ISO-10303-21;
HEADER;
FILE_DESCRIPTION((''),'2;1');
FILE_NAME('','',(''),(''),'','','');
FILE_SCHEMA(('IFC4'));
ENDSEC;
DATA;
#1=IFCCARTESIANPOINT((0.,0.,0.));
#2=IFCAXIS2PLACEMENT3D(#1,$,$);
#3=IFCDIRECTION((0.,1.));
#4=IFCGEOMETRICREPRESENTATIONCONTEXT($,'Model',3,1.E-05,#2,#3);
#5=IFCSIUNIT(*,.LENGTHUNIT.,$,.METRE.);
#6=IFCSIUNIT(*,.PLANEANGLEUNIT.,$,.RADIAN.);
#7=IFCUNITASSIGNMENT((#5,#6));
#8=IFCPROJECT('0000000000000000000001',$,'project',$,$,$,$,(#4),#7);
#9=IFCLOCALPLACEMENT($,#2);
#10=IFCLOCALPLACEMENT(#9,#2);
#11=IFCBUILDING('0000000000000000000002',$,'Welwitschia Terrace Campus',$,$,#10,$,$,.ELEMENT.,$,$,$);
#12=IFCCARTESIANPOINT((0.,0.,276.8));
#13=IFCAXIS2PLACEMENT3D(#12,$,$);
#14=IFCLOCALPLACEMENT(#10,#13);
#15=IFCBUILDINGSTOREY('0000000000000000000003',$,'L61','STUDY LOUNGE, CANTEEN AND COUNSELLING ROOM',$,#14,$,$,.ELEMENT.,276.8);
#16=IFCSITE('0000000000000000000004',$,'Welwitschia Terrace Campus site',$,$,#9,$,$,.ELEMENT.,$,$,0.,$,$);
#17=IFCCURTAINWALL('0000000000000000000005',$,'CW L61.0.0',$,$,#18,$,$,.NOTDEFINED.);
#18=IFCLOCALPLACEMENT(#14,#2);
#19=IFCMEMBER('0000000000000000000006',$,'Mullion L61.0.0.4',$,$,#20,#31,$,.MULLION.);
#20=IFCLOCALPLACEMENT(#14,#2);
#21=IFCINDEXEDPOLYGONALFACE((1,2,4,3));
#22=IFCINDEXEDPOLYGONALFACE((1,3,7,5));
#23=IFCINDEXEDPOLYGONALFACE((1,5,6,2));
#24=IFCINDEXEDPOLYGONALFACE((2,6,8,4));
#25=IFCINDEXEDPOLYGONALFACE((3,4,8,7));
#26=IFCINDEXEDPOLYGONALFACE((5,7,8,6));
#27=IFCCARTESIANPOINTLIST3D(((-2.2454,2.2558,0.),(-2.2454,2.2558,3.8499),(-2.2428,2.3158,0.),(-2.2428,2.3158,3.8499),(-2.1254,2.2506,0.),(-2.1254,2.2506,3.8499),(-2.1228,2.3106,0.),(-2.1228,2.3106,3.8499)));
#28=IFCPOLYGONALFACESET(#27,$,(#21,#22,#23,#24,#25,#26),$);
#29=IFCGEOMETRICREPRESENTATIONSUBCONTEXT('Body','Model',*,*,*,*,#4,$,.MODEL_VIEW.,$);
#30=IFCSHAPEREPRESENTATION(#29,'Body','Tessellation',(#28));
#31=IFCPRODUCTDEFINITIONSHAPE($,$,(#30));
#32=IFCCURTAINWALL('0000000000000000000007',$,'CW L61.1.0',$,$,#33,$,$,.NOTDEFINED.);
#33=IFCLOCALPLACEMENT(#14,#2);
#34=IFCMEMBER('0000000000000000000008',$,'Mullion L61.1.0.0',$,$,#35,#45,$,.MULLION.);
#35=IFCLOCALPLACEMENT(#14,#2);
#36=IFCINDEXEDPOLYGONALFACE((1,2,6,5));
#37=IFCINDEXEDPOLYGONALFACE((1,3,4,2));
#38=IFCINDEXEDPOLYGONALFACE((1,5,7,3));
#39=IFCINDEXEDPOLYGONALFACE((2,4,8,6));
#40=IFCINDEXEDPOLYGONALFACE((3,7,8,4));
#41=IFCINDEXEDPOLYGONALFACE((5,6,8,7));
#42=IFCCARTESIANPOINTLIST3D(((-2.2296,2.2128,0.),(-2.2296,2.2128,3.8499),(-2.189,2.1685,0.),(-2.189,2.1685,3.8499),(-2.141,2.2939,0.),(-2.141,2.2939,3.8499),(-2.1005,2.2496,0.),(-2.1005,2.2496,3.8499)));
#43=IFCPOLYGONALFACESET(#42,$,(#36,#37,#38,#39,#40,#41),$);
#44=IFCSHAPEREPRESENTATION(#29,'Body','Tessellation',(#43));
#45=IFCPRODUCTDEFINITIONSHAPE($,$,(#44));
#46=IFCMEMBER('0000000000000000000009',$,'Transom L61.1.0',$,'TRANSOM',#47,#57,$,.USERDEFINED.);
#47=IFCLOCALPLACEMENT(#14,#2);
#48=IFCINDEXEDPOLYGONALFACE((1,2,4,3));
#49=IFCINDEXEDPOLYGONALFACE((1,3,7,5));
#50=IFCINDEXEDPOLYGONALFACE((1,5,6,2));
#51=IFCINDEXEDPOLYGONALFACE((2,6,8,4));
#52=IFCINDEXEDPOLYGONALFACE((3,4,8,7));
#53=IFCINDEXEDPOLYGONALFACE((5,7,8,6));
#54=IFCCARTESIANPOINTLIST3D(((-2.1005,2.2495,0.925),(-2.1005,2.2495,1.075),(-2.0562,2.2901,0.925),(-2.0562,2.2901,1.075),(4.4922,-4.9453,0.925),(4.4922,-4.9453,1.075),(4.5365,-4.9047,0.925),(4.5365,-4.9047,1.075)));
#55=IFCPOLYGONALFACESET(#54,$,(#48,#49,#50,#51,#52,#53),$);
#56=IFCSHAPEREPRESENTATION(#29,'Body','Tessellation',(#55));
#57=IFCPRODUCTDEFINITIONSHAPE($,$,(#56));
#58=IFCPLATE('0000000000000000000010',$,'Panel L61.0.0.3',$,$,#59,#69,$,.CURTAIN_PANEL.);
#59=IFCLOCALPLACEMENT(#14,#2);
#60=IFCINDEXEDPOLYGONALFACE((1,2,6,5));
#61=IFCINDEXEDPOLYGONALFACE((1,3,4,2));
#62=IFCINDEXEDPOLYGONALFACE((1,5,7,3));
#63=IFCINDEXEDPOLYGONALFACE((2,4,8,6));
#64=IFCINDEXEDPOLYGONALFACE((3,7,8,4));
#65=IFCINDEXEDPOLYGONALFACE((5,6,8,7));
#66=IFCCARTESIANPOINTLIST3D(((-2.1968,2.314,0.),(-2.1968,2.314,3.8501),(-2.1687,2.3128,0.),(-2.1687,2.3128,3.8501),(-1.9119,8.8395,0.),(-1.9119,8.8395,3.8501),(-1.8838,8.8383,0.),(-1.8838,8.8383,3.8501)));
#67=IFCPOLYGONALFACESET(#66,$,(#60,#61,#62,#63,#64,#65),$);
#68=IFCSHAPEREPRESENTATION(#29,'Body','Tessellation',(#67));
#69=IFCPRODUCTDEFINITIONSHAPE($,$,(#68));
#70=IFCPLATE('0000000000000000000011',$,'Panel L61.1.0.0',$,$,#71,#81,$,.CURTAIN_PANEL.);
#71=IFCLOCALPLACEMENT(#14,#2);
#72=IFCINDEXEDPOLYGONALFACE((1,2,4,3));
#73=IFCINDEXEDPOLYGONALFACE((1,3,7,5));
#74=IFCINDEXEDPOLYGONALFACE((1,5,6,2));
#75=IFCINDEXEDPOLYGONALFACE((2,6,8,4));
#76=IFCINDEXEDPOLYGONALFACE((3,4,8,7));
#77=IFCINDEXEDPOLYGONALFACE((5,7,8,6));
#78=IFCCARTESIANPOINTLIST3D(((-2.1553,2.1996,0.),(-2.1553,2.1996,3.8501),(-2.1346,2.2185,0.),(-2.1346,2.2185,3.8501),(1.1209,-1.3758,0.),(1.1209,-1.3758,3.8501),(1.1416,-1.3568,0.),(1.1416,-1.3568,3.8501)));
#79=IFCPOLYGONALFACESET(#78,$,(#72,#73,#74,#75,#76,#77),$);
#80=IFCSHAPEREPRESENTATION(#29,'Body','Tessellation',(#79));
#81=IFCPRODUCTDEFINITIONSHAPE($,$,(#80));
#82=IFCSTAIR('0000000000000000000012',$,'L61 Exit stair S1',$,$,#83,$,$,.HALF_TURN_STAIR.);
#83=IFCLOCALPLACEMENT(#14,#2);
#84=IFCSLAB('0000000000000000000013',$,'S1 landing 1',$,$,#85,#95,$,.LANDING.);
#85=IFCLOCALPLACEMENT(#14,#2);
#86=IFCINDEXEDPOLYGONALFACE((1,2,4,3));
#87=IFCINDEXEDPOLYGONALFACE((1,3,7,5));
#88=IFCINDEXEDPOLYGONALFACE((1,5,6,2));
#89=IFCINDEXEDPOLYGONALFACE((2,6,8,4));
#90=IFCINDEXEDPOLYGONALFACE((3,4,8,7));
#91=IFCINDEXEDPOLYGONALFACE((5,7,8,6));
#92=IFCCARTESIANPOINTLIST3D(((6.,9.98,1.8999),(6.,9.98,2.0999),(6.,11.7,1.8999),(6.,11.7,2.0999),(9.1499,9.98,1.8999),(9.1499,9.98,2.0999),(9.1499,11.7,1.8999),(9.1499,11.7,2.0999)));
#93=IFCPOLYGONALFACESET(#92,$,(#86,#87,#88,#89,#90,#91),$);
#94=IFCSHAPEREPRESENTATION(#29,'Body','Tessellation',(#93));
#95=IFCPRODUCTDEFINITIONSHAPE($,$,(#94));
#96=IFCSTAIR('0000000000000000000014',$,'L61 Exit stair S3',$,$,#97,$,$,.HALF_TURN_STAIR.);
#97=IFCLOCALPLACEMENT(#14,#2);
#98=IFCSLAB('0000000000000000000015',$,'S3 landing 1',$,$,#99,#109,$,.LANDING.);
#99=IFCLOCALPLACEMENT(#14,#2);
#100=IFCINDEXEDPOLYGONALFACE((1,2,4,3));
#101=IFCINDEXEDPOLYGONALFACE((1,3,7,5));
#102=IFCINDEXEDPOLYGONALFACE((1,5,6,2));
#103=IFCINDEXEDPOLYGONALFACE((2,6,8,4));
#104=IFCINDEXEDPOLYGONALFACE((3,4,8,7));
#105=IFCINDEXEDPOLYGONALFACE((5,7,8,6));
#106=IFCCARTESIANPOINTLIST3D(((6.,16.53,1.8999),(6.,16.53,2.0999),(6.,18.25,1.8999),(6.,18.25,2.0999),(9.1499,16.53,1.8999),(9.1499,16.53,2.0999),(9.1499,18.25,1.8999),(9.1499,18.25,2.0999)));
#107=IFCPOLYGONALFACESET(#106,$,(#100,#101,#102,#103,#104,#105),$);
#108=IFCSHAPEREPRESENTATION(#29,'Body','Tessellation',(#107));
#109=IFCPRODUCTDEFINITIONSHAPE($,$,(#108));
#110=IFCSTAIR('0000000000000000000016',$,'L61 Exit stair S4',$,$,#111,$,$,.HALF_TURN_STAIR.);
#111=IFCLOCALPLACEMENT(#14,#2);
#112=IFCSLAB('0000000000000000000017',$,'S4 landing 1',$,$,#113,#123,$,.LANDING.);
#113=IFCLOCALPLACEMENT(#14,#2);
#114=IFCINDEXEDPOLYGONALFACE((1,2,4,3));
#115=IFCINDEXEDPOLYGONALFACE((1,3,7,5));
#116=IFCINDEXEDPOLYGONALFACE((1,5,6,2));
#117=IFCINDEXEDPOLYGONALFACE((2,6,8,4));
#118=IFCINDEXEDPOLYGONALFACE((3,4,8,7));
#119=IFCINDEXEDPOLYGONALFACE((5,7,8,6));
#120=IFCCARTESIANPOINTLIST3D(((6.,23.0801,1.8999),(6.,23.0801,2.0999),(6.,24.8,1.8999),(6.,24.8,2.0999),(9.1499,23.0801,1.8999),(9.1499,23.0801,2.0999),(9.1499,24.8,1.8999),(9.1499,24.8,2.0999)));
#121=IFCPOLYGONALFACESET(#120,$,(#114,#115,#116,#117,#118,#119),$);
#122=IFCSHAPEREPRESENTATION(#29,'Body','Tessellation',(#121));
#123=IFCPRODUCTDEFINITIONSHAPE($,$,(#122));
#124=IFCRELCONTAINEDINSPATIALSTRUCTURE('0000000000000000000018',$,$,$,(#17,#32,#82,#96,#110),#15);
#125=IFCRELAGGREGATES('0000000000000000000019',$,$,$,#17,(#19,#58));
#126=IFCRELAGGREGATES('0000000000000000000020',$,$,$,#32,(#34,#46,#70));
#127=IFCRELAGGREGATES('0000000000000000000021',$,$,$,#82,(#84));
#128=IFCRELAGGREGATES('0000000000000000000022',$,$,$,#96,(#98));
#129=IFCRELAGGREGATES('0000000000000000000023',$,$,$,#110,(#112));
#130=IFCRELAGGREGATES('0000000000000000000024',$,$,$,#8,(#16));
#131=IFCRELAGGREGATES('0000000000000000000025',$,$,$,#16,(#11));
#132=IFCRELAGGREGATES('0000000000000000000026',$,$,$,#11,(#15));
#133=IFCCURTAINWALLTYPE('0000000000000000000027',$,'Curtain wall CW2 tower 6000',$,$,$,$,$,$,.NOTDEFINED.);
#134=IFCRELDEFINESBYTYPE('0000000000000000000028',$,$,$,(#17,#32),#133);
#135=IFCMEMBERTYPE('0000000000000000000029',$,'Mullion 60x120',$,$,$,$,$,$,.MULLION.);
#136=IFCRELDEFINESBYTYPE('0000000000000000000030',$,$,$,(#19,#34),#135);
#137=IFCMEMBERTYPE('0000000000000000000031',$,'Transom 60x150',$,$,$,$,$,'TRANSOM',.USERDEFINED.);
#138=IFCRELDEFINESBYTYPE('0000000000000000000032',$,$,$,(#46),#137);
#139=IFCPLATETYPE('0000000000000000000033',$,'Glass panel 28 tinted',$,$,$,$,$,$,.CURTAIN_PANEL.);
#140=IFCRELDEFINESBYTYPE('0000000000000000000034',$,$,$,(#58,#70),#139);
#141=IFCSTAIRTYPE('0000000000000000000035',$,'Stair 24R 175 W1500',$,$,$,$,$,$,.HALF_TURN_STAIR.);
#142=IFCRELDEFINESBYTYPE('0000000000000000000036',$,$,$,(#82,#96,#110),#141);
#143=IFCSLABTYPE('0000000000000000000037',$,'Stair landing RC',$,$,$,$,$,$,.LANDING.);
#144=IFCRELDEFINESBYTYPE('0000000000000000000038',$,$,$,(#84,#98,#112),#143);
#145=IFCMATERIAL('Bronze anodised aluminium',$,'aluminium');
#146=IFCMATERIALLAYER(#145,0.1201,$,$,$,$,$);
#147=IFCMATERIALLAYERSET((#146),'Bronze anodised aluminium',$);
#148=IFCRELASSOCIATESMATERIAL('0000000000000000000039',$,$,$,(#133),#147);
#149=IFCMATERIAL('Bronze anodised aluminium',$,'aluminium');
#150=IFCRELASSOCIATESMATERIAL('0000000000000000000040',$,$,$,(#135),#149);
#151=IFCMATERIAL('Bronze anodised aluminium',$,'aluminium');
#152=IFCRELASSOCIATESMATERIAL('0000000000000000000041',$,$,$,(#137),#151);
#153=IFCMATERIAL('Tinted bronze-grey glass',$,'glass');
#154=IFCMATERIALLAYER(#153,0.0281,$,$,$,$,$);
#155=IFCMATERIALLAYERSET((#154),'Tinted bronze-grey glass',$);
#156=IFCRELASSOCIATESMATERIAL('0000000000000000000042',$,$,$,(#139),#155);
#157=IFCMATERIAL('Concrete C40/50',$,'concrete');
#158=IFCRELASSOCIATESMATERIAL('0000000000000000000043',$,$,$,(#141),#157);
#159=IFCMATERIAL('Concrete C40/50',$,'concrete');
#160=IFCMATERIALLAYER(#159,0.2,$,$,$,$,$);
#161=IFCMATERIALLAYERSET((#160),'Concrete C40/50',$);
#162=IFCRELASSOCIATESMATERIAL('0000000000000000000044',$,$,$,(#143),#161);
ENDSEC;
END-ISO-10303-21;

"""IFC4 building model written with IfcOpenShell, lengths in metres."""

from ifc_helpers import new_model, si_unit, direction, frame, origin, origin_2d, place, context, subcontext, project, spatial, polyline, rectangle, outline, extrude, material, layer, layer_set, material_profile, profile_set, type_object, element, aggregate, save


model = new_model("IFC4")

# Units and contexts
model_context = context("Model", 3, precision=1e-05, world=origin(), true_north=direction((0.0, 1.0)))
body_context = subcontext(model_context, "Body", "Model", "MODEL_VIEW")
ifc_project = project(units=[si_unit("LENGTHUNIT", "METRE"), si_unit("PLANEANGLEUNIT", "RADIAN")], contexts=[model_context])

# Site, building, storey
site_placement = place(None, origin())
site = spatial("IfcSite", under=ifc_project, at=site_placement, Name="Welwitschia Terrace Campus site", CompositionType="ELEMENT", RefElevation=0.0)
building_placement = place(site_placement, origin())
building = spatial("IfcBuilding", under=site, at=building_placement, Name="Welwitschia Terrace Campus", CompositionType="ELEMENT")
storey_placement = place(building_placement, frame((0.0, 0.0, 276.8)))
storey = spatial("IfcBuildingStorey", under=building, at=storey_placement, Name="L61", Description="STUDY LOUNGE, CANTEEN AND COUNSELLING ROOM", CompositionType="ELEMENT", Elevation=276.8)

# Curtain wall, member
ifc_material_1 = material(Name="Bronze anodised aluminium", Category="aluminium")
ifc_layer_1 = layer(ifc_material_1, 0.1201)
ifc_layer_set_1 = layer_set([ifc_layer_1], Name="Bronze anodised aluminium")
curtain_wall_type = type_object("IfcCurtainWallType", Name="Curtain wall CW2 tower 6000", PredefinedType="NOTDEFINED", material=ifc_layer_set_1)
curtain_wall_1_placement = place(storey_placement, origin())
curtain_wall_1 = element("IfcCurtainWall", 1, at=curtain_wall_1_placement, inside=storey, type_object=curtain_wall_type, Name="CW L61.0.0", PredefinedType="NOTDEFINED")
ifc_material_2 = material(Name="Bronze anodised aluminium", Category="aluminium")
ifc_material_profile_1 = material_profile(ifc_material_2, rectangle(XDim=0.1201, YDim=0.0601, at=origin_2d()))
ifc_profile_set_1 = profile_set([ifc_material_profile_1], Name="Bronze anodised aluminium")
member_type_1 = type_object("IfcMemberType", Name="Mullion 60x120", PredefinedType="MULLION", material=ifc_profile_set_1)
member_1_placement = place(storey_placement, frame((-2.1841, 2.2832, 0.0), z_axis=(0.0, 0.0, 1.0), x_axis=(0.999048, -0.043619, 0.0)))
member_1 = element("IfcMember", 2, at=member_1_placement, type_object=member_type_1, Name="Mullion L61.0.0.4", PredefinedType="MULLION", context=body_context, shape_type="SweptSolid", body=[
    extrude(rectangle(XDim=0.1201, YDim=0.0601, at=origin_2d()), origin(), (0.0, 0.0, 1.0), 3.8499),
])

# Curtain wall, members
curtain_wall_2_placement = place(storey_placement, origin())
curtain_wall_2 = element("IfcCurtainWall", 3, at=curtain_wall_2_placement, inside=storey, type_object=curtain_wall_type, Name="CW L61.1.0", PredefinedType="NOTDEFINED")
member_2_placement = place(storey_placement, frame((-2.165, 2.2312, 0.0), z_axis=(0.0, 0.0, 1.0), x_axis=(0.737277, 0.67559, 0.0)))
member_2 = element("IfcMember", 4, at=member_2_placement, type_object=member_type_1, Name="Mullion L61.1.0.0", PredefinedType="MULLION", context=body_context, shape_type="SweptSolid", body=[
    extrude(rectangle(XDim=0.1201, YDim=0.0601, at=origin_2d()), origin(), (0.0, 0.0, 1.0), 3.8499),
])
ifc_material_3 = material(Name="Bronze anodised aluminium", Category="aluminium")
ifc_material_profile_2 = material_profile(ifc_material_3, rectangle(XDim=0.0601, YDim=0.1499, at=origin_2d()))
ifc_profile_set_2 = profile_set([ifc_material_profile_2], Name="Bronze anodised aluminium")
member_type_2 = type_object("IfcMemberType", Name="Transom 60x150", ElementType="TRANSOM", PredefinedType="USERDEFINED", material=ifc_profile_set_2)
member_3_placement = place(storey_placement, frame((-2.0784, 2.2698, 1.0), z_axis=(0.675586, -0.737281, 0.0), x_axis=(0.737281, 0.675586, 0.0)))
member_3 = element("IfcMember", 5, at=member_3_placement, type_object=member_type_2, Name="Transom L61.1.0", ObjectType="TRANSOM", PredefinedType="USERDEFINED", context=body_context, shape_type="SweptSolid", body=[
    extrude(rectangle(XDim=0.0601, YDim=0.1499, at=origin_2d()), origin(), (0.0, 0.0, 1.0), 9.7585),
])

# Plates
ifc_material_4 = material(Name="Tinted bronze-grey glass", Category="glass")
ifc_layer_2 = layer(ifc_material_4, 0.0281)
ifc_layer_set_2 = layer_set([ifc_layer_2], Name="Tinted bronze-grey glass")
plate_type = type_object("IfcPlateType", Name="Glass panel 28 tinted", PredefinedType="CURTAIN_PANEL", material=ifc_layer_set_2)
plate_1_placement = place(storey_placement, frame((-2.0403, 5.5762, 0.0), z_axis=(0.0, 0.0, 1.0), x_axis=(-0.043619, -0.999048, 0.0)))
plate_1 = element("IfcPlate", 6, at=plate_1_placement, type_object=plate_type, Name="Panel L61.0.0.3", PredefinedType="CURTAIN_PANEL", context=body_context, shape_type="SweptSolid", body=[
    extrude(rectangle(XDim=6.5317, YDim=0.0281, at=origin_2d()), origin(), (0.0, 0.0, 1.0), 3.8501),
])
aggregate(curtain_wall_1, [member_1, plate_1])
plate_2_placement = place(storey_placement, frame((-0.5068, 0.4214, 0.0), z_axis=(0.0, 0.0, 1.0), x_axis=(0.67559, -0.737277, 0.0)))
plate_2 = element("IfcPlate", 7, at=plate_2_placement, type_object=plate_type, Name="Panel L61.1.0.0", PredefinedType="CURTAIN_PANEL", context=body_context, shape_type="SweptSolid", body=[
    extrude(rectangle(XDim=4.8494, YDim=0.0281, at=origin_2d()), origin(), (0.0, 0.0, 1.0), 3.8501),
])
aggregate(curtain_wall_2, [member_2, member_3, plate_2])

# Stairs, slabs
ifc_material_5 = material(Name="Concrete C40/50", Category="concrete")
stair_type = type_object("IfcStairType", Name="Stair 24R 175 W1500", PredefinedType="HALF_TURN_STAIR", material=ifc_material_5)
stair_1_placement = place(storey_placement, origin())
stair_1 = element("IfcStair", 8, at=stair_1_placement, inside=storey, type_object=stair_type, Name="L61 Exit stair S1", PredefinedType="HALF_TURN_STAIR")
ifc_material_6 = material(Name="Concrete C40/50", Category="concrete")
ifc_layer_3 = layer(ifc_material_6, 0.2)
ifc_layer_set_3 = layer_set([ifc_layer_3], Name="Concrete C40/50")
slab_type_1 = type_object("IfcSlabType", Name="Stair landing RC", PredefinedType="LANDING", material=ifc_layer_set_3)
slab_1_placement = place(storey_placement, frame((0.0, 0.0, 1.8999)))
slab_1 = element("IfcSlab", 9, at=slab_1_placement, type_object=slab_type_1, Name="S1 landing 1", PredefinedType="LANDING", context=body_context, shape_type="SweptSolid", body=[
    extrude(outline(polyline([(9.1499, 9.98), (9.1499, 11.7), (6.0, 11.7), (6.0, 9.98), (9.1499, 9.98)])), origin(), (0.0, 0.0, 1.0), 0.2),
])
aggregate(stair_1, [slab_1])
stair_2_placement = place(storey_placement, origin())
stair_2 = element("IfcStair", 10, at=stair_2_placement, inside=storey, type_object=stair_type, Name="L61 Exit stair S3", PredefinedType="HALF_TURN_STAIR")
slab_2_placement = place(storey_placement, frame((0.0, 0.0, 1.8999)))
slab_2 = element("IfcSlab", 11, at=slab_2_placement, type_object=slab_type_1, Name="S3 landing 1", PredefinedType="LANDING", context=body_context, shape_type="SweptSolid", body=[
    extrude(outline(polyline([(9.1499, 16.53), (9.1499, 18.25), (6.0, 18.25), (6.0, 16.53), (9.1499, 16.53)])), origin(), (0.0, 0.0, 1.0), 0.2),
])
aggregate(stair_2, [slab_2])
stair_3_placement = place(storey_placement, origin())
stair_3 = element("IfcStair", 12, at=stair_3_placement, inside=storey, type_object=stair_type, Name="L61 Exit stair S4", PredefinedType="HALF_TURN_STAIR")
slab_3_placement = place(storey_placement, frame((0.0, 0.0, 1.8999)))
slab_3 = element("IfcSlab", 13, at=slab_3_placement, type_object=slab_type_1, Name="S4 landing 1", PredefinedType="LANDING", context=body_context, shape_type="SweptSolid", body=[
    extrude(outline(polyline([(9.1499, 23.0801), (9.1499, 24.8), (6.0, 24.8), (6.0, 23.0801), (9.1499, 23.0801)])), origin(), (0.0, 0.0, 1.0), 0.2),
])
aggregate(stair_3, [slab_3])

save(model, "model.ifc")
